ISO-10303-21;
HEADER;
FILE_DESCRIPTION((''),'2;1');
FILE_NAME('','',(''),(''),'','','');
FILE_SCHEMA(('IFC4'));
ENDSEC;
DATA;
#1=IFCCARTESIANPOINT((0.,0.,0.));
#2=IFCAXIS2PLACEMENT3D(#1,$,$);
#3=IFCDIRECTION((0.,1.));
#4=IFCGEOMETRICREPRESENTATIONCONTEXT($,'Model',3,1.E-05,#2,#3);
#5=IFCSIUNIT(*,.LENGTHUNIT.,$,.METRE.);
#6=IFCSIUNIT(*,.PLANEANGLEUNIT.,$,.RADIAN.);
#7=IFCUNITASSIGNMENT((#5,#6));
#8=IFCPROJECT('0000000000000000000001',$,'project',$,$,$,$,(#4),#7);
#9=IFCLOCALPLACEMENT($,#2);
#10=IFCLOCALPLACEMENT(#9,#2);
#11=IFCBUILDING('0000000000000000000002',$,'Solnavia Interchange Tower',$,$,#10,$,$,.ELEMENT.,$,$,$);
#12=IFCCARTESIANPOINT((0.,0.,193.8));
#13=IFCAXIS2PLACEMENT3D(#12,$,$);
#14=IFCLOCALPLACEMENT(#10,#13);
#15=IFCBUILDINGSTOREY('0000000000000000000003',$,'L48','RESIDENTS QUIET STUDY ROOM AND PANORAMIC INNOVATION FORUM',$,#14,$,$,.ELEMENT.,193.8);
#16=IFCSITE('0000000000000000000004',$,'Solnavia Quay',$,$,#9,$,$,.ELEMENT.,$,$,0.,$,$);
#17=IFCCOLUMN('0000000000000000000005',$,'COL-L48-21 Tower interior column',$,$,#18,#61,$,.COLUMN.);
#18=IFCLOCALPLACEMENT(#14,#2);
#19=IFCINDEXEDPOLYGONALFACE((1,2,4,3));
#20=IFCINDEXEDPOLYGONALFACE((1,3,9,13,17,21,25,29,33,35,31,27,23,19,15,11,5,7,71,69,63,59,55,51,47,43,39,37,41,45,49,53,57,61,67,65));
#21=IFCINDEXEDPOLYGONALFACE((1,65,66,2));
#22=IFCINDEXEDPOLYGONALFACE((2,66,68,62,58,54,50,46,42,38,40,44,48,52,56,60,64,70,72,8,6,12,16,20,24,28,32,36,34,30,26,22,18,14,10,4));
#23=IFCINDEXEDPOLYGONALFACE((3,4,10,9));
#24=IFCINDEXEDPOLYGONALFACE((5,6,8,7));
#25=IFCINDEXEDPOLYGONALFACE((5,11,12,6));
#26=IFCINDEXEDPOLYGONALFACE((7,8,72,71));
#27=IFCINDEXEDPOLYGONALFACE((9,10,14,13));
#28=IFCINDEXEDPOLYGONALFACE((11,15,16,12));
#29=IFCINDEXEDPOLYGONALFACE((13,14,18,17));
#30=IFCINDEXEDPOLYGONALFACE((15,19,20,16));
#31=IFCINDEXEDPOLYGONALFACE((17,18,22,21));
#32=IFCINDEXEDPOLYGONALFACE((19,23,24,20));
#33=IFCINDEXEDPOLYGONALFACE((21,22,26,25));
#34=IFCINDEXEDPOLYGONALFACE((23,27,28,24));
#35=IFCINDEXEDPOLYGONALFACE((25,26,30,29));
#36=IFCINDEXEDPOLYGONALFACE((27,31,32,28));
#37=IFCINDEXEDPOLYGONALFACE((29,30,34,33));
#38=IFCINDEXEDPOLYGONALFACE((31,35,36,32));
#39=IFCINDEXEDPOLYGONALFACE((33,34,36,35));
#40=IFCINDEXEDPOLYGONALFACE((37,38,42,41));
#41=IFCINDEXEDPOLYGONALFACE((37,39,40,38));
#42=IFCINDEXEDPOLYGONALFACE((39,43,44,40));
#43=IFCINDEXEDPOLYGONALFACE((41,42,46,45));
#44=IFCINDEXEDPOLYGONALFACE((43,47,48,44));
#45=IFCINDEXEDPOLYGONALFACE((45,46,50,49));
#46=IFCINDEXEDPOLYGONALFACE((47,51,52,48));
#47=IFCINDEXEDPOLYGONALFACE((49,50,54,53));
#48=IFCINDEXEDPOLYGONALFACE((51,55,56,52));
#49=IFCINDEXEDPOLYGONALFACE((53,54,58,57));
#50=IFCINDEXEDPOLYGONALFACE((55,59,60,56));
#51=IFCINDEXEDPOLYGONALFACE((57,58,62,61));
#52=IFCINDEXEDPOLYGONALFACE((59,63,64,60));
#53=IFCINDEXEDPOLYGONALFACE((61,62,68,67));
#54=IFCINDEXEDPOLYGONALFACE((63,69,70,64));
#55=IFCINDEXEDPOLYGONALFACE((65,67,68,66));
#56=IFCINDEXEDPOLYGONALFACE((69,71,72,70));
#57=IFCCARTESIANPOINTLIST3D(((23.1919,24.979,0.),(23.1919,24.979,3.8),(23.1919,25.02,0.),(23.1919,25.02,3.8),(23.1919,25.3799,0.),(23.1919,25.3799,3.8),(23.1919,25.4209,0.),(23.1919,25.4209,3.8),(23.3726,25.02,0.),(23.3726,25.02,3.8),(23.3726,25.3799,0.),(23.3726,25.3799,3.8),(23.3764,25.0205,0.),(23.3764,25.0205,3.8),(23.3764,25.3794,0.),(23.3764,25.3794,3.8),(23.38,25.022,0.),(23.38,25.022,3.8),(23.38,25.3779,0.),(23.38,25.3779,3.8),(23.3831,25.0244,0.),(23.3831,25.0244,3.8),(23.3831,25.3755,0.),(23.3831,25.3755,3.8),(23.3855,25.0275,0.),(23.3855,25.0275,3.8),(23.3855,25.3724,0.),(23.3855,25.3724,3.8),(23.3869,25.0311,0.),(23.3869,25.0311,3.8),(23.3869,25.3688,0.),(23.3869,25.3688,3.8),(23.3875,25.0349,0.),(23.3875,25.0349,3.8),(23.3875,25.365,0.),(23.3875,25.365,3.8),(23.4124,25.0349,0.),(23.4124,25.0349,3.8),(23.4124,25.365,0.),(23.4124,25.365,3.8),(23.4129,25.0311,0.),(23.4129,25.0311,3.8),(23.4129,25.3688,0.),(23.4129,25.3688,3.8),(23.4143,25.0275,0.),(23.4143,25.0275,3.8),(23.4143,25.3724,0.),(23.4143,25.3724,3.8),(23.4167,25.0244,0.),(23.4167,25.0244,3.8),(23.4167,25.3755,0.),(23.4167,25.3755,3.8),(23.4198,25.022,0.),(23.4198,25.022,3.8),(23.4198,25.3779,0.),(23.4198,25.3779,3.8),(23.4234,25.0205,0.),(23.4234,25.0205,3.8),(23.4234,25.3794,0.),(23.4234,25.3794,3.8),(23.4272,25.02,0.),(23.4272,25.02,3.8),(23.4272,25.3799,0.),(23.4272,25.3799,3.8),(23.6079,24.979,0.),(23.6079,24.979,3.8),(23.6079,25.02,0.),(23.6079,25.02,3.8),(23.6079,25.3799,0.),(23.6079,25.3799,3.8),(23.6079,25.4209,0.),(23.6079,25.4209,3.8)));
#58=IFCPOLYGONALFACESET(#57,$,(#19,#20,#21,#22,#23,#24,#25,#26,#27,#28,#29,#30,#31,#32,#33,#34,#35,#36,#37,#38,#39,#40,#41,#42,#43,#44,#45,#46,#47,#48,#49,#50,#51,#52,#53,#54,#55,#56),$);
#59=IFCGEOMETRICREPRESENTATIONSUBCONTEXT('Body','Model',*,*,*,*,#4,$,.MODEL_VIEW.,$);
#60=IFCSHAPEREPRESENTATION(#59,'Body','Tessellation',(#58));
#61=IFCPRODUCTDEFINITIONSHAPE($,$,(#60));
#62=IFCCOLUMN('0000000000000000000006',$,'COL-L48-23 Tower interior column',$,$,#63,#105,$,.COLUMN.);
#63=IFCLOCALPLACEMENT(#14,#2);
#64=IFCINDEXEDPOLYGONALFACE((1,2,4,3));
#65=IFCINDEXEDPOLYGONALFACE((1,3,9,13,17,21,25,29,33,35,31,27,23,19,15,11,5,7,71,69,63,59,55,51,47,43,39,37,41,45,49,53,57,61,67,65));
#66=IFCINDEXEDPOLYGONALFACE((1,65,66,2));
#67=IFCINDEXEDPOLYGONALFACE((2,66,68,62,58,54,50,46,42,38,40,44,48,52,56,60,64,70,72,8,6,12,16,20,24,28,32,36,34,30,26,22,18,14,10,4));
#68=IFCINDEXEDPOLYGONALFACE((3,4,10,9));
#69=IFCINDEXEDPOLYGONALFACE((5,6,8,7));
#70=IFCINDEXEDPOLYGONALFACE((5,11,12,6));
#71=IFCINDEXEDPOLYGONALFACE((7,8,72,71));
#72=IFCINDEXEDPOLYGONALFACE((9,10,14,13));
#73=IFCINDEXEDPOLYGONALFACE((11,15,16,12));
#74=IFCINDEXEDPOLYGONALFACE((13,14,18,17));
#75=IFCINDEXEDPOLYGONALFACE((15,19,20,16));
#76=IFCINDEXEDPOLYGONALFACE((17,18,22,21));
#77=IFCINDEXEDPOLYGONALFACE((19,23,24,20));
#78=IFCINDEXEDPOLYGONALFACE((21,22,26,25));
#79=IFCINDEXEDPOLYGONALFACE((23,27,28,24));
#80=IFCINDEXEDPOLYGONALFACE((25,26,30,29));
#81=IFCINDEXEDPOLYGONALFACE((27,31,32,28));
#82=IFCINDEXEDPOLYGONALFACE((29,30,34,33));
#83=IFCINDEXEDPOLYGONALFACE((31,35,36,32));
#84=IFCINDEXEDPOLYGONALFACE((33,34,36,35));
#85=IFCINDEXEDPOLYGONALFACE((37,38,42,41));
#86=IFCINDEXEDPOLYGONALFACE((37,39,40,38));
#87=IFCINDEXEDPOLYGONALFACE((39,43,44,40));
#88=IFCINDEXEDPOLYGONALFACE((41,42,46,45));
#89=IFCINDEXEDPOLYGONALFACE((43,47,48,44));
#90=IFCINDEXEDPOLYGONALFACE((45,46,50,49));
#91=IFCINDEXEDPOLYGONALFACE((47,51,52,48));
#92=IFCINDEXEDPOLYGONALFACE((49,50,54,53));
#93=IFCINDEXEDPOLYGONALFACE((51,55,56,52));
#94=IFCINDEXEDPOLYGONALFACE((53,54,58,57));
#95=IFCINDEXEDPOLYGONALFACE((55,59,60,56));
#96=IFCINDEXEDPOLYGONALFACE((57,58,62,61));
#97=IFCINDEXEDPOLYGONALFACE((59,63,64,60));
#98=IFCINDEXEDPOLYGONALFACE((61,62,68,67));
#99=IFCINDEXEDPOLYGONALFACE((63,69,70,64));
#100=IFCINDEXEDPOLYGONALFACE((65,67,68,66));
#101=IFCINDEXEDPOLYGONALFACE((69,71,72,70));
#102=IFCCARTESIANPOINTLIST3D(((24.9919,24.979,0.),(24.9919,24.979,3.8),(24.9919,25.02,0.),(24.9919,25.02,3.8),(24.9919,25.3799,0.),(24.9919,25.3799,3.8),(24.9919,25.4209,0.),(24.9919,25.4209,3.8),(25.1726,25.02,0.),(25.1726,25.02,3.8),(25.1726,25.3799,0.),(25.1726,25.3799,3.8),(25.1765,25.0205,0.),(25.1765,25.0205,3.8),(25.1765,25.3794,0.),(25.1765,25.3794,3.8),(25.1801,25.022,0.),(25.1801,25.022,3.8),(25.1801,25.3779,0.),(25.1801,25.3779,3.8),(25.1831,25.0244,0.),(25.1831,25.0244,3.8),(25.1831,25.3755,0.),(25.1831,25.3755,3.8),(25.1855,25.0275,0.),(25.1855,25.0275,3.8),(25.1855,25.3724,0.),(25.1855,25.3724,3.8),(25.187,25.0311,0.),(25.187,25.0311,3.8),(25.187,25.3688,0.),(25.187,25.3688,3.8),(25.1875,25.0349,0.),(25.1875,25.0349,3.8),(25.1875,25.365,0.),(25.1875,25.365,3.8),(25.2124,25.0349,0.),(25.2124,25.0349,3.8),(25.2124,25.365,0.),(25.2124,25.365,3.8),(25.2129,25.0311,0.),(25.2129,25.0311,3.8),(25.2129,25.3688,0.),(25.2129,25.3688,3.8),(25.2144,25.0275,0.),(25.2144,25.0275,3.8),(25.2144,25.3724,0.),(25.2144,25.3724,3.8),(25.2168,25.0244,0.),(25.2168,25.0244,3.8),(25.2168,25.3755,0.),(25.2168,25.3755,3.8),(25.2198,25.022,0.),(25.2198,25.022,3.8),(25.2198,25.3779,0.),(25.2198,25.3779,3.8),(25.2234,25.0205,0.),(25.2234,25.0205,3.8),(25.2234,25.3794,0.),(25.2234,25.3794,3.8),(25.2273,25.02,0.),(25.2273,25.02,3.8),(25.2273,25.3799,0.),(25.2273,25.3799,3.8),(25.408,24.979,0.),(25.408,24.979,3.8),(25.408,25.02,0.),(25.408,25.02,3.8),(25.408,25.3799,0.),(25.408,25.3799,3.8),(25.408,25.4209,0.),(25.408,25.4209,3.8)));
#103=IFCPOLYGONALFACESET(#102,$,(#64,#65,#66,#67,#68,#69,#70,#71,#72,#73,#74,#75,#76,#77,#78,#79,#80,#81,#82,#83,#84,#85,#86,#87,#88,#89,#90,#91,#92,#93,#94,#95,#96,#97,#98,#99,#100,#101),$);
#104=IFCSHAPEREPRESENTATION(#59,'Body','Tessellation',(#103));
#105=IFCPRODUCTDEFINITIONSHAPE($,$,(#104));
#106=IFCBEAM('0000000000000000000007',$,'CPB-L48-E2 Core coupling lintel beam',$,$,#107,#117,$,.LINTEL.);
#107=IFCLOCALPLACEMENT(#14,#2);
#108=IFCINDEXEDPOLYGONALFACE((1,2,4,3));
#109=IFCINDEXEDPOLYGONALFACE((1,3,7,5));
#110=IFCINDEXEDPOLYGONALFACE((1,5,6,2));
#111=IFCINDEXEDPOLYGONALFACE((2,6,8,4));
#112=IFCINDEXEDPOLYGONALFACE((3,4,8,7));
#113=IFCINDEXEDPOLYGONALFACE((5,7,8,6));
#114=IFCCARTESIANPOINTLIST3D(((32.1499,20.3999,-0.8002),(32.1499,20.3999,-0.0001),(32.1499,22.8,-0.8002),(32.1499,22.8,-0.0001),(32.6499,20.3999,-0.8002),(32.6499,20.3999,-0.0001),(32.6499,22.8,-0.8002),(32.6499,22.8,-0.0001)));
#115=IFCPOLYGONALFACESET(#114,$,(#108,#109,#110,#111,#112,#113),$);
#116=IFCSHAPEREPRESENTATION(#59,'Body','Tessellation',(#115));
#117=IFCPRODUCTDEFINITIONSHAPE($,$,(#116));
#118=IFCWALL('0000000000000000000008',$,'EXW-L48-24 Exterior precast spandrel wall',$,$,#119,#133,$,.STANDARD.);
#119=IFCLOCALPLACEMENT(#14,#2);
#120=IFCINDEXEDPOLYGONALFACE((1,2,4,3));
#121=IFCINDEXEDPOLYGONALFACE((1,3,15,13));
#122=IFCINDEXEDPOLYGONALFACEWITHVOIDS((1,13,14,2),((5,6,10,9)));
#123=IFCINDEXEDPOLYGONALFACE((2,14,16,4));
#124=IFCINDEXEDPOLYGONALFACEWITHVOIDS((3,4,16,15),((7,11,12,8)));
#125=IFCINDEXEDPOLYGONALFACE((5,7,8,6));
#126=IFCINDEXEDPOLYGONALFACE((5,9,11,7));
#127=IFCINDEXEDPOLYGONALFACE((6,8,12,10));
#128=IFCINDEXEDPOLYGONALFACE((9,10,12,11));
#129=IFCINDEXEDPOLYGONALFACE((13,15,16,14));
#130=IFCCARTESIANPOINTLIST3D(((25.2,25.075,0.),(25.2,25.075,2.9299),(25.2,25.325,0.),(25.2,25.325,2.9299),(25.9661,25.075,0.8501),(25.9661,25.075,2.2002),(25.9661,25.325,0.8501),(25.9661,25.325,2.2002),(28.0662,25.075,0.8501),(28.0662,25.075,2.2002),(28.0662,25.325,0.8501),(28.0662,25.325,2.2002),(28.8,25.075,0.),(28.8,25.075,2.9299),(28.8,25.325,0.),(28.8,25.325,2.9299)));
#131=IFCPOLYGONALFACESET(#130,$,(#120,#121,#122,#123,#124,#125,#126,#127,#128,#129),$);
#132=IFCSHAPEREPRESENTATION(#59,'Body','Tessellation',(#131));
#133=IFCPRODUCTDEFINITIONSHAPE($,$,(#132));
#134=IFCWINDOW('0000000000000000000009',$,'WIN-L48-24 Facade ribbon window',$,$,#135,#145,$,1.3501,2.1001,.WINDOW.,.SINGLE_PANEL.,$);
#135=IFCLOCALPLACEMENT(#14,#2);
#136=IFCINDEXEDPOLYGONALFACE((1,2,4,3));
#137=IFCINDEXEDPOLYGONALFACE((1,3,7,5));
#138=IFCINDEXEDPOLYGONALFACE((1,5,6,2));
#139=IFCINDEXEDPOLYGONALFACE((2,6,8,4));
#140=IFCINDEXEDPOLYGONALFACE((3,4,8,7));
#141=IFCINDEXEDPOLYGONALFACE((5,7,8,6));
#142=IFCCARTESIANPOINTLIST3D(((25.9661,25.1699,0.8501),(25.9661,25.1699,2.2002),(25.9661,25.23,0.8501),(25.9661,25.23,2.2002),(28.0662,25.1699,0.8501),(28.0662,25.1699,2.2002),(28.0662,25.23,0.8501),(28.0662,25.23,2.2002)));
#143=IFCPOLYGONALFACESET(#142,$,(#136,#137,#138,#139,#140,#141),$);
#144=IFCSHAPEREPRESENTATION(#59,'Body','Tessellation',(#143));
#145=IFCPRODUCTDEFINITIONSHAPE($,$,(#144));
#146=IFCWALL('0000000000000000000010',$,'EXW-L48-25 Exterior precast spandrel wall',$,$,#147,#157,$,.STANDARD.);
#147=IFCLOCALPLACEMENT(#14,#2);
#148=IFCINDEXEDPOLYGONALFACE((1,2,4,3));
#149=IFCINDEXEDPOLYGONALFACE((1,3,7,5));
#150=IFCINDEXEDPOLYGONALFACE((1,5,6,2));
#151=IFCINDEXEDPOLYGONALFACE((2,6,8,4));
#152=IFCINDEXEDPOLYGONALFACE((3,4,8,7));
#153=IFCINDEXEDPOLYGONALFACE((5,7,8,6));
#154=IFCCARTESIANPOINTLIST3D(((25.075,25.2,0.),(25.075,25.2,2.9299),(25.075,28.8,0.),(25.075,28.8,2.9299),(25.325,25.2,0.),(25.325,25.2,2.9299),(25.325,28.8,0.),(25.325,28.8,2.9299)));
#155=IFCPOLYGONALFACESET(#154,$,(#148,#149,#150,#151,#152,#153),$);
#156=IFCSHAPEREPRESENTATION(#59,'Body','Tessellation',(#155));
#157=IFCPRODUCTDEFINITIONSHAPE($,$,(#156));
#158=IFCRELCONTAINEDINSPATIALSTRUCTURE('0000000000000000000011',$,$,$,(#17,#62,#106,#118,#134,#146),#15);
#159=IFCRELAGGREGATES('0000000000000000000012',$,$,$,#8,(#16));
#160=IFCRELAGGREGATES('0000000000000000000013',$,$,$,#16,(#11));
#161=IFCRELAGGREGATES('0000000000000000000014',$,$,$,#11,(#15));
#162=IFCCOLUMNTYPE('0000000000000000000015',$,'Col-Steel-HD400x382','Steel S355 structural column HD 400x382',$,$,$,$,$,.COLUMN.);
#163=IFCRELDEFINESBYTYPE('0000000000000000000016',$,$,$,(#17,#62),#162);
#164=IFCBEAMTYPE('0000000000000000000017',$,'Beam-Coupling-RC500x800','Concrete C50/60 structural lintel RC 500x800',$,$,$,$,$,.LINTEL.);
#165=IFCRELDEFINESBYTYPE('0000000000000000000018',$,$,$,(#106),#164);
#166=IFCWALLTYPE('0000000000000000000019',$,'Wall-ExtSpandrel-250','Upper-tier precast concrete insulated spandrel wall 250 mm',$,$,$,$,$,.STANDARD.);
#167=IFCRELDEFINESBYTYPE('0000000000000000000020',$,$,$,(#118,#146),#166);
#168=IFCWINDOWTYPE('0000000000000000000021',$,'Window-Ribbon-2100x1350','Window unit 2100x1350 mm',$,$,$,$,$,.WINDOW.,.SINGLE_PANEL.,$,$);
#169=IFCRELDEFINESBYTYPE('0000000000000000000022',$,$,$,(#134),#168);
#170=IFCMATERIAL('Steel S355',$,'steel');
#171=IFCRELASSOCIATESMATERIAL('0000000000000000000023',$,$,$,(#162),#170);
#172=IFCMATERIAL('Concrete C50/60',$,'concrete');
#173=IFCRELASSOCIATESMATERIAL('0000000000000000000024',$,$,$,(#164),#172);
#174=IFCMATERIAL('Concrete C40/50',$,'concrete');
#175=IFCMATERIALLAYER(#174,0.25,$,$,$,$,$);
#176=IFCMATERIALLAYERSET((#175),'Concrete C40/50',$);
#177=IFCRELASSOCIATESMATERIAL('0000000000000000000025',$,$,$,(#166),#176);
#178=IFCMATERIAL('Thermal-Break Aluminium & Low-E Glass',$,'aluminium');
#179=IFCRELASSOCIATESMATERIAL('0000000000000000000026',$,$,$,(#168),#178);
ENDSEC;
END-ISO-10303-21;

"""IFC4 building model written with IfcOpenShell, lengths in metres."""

from ifc_helpers import new_model, si_unit, direction, frame, frame_2d, origin, origin_2d, place, context, subcontext, project, spatial, rectangle, i_section, extrude, material, layer, layer_set, material_profile, profile_set, type_object, element, fill, save


model = new_model("IFC4")

# Units and contexts
model_context = context("Model", 3, precision=1e-05, world=origin(), true_north=direction((0.0, 1.0)))
body_context = subcontext(model_context, "Body", "Model", "MODEL_VIEW")
ifc_project = project(units=[si_unit("LENGTHUNIT", "METRE"), si_unit("PLANEANGLEUNIT", "RADIAN")], contexts=[model_context])

# Site, building, storey
site_placement = place(None, origin())
site = spatial("IfcSite", under=ifc_project, at=site_placement, Name="Solnavia Quay", CompositionType="ELEMENT", RefElevation=0.0)
building_placement = place(site_placement, origin())
building = spatial("IfcBuilding", under=site, at=building_placement, Name="Solnavia Interchange Tower", CompositionType="ELEMENT")
storey_placement = place(building_placement, frame((0.0, 0.0, 193.8)))
storey = spatial("IfcBuildingStorey", under=building, at=storey_placement, Name="L48", Description="RESIDENTS QUIET STUDY ROOM AND PANORAMIC INNOVATION FORUM", CompositionType="ELEMENT", Elevation=193.8)

# Columns
ifc_material_1 = material(Name="Steel S355", Category="steel")
ifc_material_profile_1 = material_profile(ifc_material_1, i_section(OverallWidth=0.416, OverallDepth=0.4419, WebThickness=0.0249, FlangeThickness=0.041, FilletRadius=0.0149, at=origin_2d()), Name="HD 400x382")
ifc_profile_set_1 = profile_set([ifc_material_profile_1], Name="Steel S355")
column_type = type_object("IfcColumnType", Name="Col-Steel-HD400x382", Description="Steel S355 structural column HD 400x382", PredefinedType="COLUMN", material=ifc_profile_set_1)
for number, where, z_axis, x_axis, name in (
    (1, (23.3999, 25.2, 0.0), (0.0, 0.0, 1.0), (1.0, 0.0, 0.0), "COL-L48-21 Tower interior column"),
    (2, (25.2, 25.2, 0.0), (0.0, 0.0, 1.0), (1.0, 0.0, 0.0), "COL-L48-23 Tower interior column"),
):
    element("IfcColumn", number, at=place(storey_placement, frame(where, z_axis=z_axis, x_axis=x_axis)), inside=storey, type_object=column_type, Name=name, PredefinedType="COLUMN", context=body_context, shape_type="SweptSolid", body=[
        extrude(i_section(OverallWidth=0.416, OverallDepth=0.4419, WebThickness=0.0249, FlangeThickness=0.041, FilletRadius=0.0149, at=origin_2d()), origin(), (0.0, 0.0, 1.0), 3.8),
    ])

# Beam
ifc_material_2 = material(Name="Concrete C50/60", Category="concrete")
ifc_material_profile_2 = material_profile(ifc_material_2, rectangle(XDim=0.5, YDim=0.8, at=origin_2d()), Name="RC 500x800")
ifc_profile_set_2 = profile_set([ifc_material_profile_2], Name="Concrete C50/60")
beam_type = type_object("IfcBeamType", Name="Beam-Coupling-RC500x800", Description="Concrete C50/60 structural lintel RC 500x800", PredefinedType="LINTEL", material=ifc_profile_set_2)
beam_placement = place(storey_placement, frame((32.3999, 20.3999, -0.4001), z_axis=(0.0, 1.0, 0.0), x_axis=(-1.0, 0.0, 0.0)))
element("IfcBeam", 3, at=beam_placement, inside=storey, type_object=beam_type, Name="CPB-L48-E2 Core coupling lintel beam", PredefinedType="LINTEL", context=body_context, shape_type="SweptSolid", body=[
    extrude(rectangle(XDim=0.5, YDim=0.8, at=origin_2d()), origin(), (0.0, 0.0, 1.0), 2.4001),
])

# Wall, opening, window
ifc_material_3 = material(Name="Concrete C40/50", Category="concrete")
ifc_layer_1 = layer(ifc_material_3, 0.25)
ifc_layer_set_1 = layer_set([ifc_layer_1], Name="Concrete C40/50")
wall_type_1 = type_object("IfcWallType", Name="Wall-ExtSpandrel-250", Description="Upper-tier precast concrete insulated spandrel wall 250 mm", PredefinedType="STANDARD", material=ifc_layer_set_1)
wall_1_placement = place(storey_placement, frame((25.2, 25.2, 0.0), z_axis=(0.0, 0.0, 1.0), x_axis=(1.0, 0.0, 0.0)))
wall_1 = element("IfcWall", 4, at=wall_1_placement, inside=storey, type_object=wall_type_1, Name="EXW-L48-24 Exterior precast spandrel wall", PredefinedType="STANDARD", context=body_context, shape_type="SweptSolid", body=[
    extrude(rectangle(XDim=3.6001, YDim=0.25, at=frame_2d((1.8, 0.0))), origin(), (0.0, 0.0, 1.0), 2.9299),
])
opening_1_placement = place(wall_1_placement, frame((0.7661, 0.0, 0.8501)))
opening_1 = element("IfcOpeningElement", 5, at=opening_1_placement, cuts=wall_1, PredefinedType="OPENING", context=body_context, shape_type="SweptSolid", body=[
    extrude(rectangle(XDim=2.1001, YDim=1.3501, at=frame_2d((1.05, 0.675))), frame((0.0, 0.135, 0.0), z_axis=(0.0, -1.0, 0.0), x_axis=(1.0, 0.0, 0.0)), (0.0, 0.0, 1.0), 0.27),
])
ifc_material_4 = material(Name="Thermal-Break Aluminium & Low-E Glass", Category="aluminium")
window_type = type_object("IfcWindowType", Name="Window-Ribbon-2100x1350", Description="Window unit 2100x1350 mm", PartitioningType="SINGLE_PANEL", PredefinedType="WINDOW", material=ifc_material_4)
window_placement = place(opening_1_placement, origin())
window = element("IfcWindow", 6, at=window_placement, inside=storey, type_object=window_type, Name="WIN-L48-24 Facade ribbon window", OverallHeight=1.3501, OverallWidth=2.1001, PartitioningType="SINGLE_PANEL", PredefinedType="WINDOW", context=body_context, shape_type="SweptSolid", body=[
    extrude(rectangle(XDim=2.1001, YDim=1.3501, at=frame_2d((1.05, 0.675))), frame((0.0, 0.03, 0.0), z_axis=(0.0, -1.0, 0.0), x_axis=(1.0, 0.0, 0.0)), (0.0, 0.0, 1.0), 0.0601),
])
fill(opening_1, window)

# Wall
wall_2_placement = place(storey_placement, frame((25.2, 25.2, 0.0), z_axis=(0.0, 0.0, 1.0), x_axis=(0.0, 1.0, 0.0)))
element("IfcWall", 7, at=wall_2_placement, inside=storey, type_object=wall_type_1, Name="EXW-L48-25 Exterior precast spandrel wall", PredefinedType="STANDARD", context=body_context, shape_type="SweptSolid", body=[
    extrude(rectangle(XDim=3.6001, YDim=0.25, at=frame_2d((1.8, 0.0))), origin(), (0.0, 0.0, 1.0), 2.9299),
])

save(model, "model.ifc")
